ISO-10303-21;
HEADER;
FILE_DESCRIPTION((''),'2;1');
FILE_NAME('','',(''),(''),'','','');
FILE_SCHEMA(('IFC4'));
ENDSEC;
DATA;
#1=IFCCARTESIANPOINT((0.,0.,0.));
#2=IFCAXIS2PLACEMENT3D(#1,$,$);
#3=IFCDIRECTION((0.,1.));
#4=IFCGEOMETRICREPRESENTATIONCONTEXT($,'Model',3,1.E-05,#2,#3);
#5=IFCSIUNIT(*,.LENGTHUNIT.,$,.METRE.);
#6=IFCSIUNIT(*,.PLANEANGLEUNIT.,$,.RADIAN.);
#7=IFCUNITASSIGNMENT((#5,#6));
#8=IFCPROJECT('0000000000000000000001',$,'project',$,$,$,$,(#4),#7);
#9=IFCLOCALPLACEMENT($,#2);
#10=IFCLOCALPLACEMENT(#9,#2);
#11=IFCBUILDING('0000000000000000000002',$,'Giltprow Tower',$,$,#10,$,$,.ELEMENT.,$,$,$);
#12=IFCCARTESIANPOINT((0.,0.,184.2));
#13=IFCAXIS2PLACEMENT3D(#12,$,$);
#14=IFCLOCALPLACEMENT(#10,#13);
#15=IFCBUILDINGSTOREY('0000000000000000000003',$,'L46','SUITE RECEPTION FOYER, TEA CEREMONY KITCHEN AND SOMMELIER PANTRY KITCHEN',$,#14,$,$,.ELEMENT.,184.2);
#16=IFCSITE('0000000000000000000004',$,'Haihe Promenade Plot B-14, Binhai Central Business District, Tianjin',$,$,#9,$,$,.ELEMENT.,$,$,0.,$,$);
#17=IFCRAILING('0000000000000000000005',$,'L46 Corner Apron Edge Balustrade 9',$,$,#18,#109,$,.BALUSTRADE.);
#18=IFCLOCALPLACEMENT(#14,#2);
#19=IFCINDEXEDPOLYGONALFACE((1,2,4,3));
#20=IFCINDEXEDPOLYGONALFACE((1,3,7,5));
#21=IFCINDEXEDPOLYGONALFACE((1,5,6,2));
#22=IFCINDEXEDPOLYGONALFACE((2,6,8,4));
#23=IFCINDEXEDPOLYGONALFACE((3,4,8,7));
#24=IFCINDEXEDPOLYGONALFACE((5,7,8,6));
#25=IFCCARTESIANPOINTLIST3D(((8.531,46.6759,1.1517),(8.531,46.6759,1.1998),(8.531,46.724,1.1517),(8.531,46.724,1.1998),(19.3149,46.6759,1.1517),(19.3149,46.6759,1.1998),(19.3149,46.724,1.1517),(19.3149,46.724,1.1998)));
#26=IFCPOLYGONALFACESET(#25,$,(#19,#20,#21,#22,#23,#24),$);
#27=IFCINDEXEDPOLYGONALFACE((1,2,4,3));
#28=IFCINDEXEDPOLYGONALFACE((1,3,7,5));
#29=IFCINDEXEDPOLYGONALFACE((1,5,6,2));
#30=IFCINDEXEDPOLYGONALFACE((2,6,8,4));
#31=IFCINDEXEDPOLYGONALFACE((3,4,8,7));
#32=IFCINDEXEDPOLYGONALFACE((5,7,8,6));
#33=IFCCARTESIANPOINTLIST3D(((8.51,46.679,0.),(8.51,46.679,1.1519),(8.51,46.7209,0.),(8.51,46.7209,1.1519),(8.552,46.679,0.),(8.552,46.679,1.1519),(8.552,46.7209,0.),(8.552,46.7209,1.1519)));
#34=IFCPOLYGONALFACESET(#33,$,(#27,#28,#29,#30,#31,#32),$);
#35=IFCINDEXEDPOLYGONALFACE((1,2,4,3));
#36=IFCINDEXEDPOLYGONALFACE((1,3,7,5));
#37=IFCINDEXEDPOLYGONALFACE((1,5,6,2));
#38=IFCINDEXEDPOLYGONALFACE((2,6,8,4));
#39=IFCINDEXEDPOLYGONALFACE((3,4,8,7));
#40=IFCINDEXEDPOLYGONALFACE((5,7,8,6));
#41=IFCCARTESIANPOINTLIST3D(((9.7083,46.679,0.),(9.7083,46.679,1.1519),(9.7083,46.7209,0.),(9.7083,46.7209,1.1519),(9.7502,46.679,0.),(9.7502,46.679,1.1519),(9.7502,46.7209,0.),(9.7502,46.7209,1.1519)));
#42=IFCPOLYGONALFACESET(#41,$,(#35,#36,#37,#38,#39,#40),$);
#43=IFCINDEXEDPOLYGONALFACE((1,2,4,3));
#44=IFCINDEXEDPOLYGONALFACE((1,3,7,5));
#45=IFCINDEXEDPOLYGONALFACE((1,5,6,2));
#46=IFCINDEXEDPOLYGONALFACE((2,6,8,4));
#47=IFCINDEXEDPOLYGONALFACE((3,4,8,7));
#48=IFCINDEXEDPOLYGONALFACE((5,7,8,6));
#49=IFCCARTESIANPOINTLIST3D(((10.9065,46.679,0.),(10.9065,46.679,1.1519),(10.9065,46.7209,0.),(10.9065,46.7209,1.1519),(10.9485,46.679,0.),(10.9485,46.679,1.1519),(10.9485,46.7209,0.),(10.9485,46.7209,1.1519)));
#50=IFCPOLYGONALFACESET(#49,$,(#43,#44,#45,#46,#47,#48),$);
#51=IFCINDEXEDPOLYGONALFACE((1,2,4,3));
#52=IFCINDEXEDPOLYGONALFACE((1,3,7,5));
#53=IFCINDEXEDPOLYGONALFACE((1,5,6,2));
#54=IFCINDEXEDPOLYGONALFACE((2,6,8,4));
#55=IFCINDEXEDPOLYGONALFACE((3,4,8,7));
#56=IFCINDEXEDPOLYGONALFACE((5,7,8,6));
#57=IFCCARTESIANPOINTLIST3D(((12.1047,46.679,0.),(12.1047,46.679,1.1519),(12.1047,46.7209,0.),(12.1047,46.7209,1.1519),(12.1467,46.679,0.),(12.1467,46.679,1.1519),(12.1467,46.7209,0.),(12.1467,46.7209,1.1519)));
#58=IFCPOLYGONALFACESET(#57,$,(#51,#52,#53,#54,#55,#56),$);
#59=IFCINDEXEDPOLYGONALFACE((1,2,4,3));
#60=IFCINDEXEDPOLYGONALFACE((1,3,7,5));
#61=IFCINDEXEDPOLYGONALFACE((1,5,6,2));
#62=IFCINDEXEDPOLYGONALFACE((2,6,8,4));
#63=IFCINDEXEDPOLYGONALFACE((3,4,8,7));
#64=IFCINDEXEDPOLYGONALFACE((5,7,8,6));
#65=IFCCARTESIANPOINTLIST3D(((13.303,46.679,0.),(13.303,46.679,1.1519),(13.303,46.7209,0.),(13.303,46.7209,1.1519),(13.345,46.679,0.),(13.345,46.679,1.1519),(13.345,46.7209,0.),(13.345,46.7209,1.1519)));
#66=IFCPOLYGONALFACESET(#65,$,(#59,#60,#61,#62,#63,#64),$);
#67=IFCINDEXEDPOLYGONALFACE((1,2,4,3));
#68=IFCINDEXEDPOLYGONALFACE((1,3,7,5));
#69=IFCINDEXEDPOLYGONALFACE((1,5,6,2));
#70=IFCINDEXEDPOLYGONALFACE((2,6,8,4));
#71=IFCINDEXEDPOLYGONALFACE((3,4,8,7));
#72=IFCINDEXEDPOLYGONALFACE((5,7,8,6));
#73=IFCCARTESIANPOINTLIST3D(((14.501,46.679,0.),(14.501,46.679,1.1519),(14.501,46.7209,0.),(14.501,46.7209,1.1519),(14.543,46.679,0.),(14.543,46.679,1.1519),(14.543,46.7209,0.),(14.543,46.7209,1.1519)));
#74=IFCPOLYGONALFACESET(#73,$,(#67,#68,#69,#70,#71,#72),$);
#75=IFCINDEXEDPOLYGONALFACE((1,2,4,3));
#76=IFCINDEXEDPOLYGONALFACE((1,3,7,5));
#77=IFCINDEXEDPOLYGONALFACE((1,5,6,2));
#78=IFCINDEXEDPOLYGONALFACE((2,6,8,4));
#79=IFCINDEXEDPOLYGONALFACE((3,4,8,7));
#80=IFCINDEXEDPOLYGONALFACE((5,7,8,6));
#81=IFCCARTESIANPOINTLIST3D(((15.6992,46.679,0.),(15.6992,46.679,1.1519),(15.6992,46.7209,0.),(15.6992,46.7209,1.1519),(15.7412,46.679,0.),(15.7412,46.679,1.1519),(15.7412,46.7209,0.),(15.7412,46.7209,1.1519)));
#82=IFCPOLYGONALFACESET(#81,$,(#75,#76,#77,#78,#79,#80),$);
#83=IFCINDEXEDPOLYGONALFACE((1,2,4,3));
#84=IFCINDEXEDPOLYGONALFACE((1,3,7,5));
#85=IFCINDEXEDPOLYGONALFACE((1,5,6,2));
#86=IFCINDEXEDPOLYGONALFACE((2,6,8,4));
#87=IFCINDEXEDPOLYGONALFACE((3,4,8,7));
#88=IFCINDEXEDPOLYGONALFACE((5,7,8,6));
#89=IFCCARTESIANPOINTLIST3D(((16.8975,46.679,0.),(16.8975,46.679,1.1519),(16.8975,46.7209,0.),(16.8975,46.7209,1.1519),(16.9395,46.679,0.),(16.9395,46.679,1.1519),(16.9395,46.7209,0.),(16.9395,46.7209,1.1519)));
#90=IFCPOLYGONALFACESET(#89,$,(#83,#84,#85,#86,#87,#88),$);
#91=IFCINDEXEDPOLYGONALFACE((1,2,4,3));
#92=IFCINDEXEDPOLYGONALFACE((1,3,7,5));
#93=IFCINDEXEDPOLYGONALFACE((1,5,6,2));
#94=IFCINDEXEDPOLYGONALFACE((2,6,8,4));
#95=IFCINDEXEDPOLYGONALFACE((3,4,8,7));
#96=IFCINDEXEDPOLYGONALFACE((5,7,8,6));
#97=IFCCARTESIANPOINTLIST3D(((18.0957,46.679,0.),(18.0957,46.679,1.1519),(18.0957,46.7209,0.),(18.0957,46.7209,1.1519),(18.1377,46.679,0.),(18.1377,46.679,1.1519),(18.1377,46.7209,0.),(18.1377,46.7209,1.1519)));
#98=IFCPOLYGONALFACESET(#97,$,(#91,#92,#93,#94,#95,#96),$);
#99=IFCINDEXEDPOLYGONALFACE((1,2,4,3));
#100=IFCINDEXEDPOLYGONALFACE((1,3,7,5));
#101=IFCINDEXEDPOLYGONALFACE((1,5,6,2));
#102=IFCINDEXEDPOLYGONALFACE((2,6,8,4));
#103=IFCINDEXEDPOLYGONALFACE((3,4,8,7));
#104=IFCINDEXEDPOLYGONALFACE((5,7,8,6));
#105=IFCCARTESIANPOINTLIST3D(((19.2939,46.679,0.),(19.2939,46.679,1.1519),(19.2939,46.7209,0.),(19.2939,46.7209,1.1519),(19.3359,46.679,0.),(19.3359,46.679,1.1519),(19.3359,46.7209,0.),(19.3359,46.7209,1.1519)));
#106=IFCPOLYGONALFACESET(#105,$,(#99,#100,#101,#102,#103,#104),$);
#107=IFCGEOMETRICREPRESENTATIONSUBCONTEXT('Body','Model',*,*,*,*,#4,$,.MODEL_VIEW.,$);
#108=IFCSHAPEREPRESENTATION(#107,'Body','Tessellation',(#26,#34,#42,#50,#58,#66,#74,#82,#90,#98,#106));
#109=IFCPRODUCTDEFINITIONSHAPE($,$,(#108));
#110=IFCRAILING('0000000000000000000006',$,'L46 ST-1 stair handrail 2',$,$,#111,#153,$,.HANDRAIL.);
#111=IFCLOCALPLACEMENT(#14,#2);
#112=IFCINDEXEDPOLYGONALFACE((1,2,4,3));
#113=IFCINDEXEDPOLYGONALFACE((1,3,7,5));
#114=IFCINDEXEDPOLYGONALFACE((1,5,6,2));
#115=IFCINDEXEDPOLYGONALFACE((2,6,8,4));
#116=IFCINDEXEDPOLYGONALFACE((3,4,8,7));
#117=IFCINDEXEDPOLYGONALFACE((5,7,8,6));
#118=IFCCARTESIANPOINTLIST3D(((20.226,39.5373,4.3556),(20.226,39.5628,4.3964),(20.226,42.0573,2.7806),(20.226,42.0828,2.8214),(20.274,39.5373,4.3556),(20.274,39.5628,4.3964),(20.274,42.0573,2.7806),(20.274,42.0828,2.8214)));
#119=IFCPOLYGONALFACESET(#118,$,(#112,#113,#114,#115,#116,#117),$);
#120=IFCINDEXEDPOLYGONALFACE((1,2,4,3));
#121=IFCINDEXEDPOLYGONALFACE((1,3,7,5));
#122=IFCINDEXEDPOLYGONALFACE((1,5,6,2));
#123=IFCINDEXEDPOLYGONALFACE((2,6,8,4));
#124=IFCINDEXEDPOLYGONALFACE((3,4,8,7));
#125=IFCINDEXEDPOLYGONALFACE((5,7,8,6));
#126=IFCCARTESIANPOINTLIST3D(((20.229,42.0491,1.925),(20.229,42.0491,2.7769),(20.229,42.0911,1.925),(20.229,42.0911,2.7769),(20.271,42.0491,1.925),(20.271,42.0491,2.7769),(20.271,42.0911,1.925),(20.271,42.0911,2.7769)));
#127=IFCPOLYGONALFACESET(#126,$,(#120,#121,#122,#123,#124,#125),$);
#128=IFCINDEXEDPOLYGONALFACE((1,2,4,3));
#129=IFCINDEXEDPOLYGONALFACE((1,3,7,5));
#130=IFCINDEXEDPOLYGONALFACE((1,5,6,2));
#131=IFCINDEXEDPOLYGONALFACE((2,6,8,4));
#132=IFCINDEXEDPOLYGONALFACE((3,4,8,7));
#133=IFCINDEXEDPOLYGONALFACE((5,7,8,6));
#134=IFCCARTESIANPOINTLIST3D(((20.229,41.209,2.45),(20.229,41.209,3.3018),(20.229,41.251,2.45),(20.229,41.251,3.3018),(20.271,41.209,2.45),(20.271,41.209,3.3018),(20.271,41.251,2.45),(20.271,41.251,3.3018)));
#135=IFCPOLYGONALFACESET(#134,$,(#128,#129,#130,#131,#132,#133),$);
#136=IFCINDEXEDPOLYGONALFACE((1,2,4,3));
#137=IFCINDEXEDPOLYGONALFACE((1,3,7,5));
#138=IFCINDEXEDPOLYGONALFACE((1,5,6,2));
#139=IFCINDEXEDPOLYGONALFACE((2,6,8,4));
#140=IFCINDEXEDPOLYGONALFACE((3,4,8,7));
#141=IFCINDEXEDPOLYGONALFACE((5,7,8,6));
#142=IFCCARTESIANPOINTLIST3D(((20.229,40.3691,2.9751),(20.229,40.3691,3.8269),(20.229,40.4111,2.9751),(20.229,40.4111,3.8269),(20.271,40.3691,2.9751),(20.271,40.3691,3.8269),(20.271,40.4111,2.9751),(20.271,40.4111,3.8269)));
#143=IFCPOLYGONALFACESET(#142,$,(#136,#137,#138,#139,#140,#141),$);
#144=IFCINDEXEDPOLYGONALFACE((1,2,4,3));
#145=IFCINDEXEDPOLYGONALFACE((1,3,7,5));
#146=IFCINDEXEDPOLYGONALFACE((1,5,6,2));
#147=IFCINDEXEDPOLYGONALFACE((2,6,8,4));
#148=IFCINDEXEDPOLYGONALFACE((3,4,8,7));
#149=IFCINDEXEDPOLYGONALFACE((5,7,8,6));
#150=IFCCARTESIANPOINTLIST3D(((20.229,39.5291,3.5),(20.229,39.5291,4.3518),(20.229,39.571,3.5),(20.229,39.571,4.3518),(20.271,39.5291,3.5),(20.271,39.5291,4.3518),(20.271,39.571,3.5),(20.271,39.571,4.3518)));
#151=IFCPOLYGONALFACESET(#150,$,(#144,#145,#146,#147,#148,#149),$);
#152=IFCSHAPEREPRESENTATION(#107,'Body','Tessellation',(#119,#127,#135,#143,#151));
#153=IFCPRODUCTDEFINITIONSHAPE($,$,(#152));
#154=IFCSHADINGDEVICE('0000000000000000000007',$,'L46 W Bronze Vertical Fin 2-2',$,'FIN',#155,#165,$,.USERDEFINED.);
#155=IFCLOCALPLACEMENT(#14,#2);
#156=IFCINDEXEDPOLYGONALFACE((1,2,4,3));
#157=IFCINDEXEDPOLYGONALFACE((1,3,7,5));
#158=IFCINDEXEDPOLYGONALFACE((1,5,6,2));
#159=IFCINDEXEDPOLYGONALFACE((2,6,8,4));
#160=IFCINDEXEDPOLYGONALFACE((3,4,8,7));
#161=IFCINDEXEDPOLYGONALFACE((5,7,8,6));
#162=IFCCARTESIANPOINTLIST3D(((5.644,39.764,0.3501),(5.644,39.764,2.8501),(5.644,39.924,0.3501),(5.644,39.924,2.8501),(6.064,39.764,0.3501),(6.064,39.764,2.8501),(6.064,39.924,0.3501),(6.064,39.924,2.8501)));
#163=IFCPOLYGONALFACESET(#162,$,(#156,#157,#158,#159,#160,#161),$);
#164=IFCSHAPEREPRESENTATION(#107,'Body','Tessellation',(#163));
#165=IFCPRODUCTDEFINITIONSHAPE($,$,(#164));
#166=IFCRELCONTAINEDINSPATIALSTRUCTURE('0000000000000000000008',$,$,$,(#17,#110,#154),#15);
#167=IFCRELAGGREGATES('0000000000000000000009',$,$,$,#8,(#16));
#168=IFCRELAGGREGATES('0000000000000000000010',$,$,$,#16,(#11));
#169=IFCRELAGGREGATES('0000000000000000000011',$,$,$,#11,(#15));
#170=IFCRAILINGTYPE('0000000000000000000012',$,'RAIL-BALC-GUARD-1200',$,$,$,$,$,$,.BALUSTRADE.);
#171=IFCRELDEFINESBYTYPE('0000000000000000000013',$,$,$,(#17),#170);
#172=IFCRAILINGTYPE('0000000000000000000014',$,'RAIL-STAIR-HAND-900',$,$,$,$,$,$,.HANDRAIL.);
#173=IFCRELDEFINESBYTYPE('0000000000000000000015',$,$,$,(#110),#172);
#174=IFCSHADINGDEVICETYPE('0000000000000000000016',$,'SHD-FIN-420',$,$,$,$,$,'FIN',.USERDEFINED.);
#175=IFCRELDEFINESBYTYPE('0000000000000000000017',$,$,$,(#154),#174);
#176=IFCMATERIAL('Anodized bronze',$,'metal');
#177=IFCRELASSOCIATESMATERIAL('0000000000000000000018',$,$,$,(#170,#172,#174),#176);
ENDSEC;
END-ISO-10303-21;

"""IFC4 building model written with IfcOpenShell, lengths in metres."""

from ifc_helpers import new_model, si_unit, direction, frame, origin, origin_2d, place, context, subcontext, project, spatial, rectangle, extrude, source, transform, mapped, material, type_object, element, save


model = new_model("IFC4")

# Units and contexts
model_context = context("Model", 3, precision=1e-05, world=origin(), true_north=direction((0.0, 1.0)))
body_context = subcontext(model_context, "Body", "Model", "MODEL_VIEW")
ifc_project = project(units=[si_unit("LENGTHUNIT", "METRE"), si_unit("PLANEANGLEUNIT", "RADIAN")], contexts=[model_context])

# Site, building, storey
site_placement = place(None, origin())
site = spatial("IfcSite", under=ifc_project, at=site_placement, Name="Haihe Promenade Plot B-14, Binhai Central Business District, Tianjin", CompositionType="ELEMENT", RefElevation=0.0)
building_placement = place(site_placement, origin())
building = spatial("IfcBuilding", under=site, at=building_placement, Name="Giltprow Tower", CompositionType="ELEMENT")
storey_placement = place(building_placement, frame((0.0, 0.0, 184.2)))
storey = spatial("IfcBuildingStorey", under=building, at=storey_placement, Name="L46", Description="SUITE RECEPTION FOYER, TEA CEREMONY KITCHEN AND SOMMELIER PANTRY KITCHEN", CompositionType="ELEMENT", Elevation=184.2)

# Railings
ifc_material_1 = material(Name="Anodized bronze", Category="metal")
railing_type_1 = type_object("IfcRailingType", Name="RAIL-BALC-GUARD-1200", PredefinedType="BALUSTRADE", material=ifc_material_1)
railing_1_placement = place(storey_placement, frame((8.531, 46.7, 0.0)))
element("IfcRailing", 1, at=railing_1_placement, inside=storey, type_object=railing_type_1, Name="L46 Corner Apron Edge Balustrade 9", PredefinedType="BALUSTRADE", context=body_context, shape_type="SweptSolid", body=[
    extrude(rectangle(XDim=0.0481, YDim=0.0481, at=origin_2d()), frame((0.0, 0.0, 1.1758), z_axis=(1.0, 0.0, 0.0), x_axis=(0.0, 1.0, 0.0)), (0.0, 0.0, 1.0), 10.7839),
    extrude(rectangle(XDim=0.042, YDim=0.042, at=origin_2d()), origin(), (0.0, 0.0, 1.0), 1.1519),
    extrude(rectangle(XDim=0.042, YDim=0.042, at=origin_2d()), frame((1.1982, 0.0, 0.0)), (0.0, 0.0, 1.0), 1.1519),
    extrude(rectangle(XDim=0.042, YDim=0.042, at=origin_2d()), frame((2.3965, 0.0, 0.0)), (0.0, 0.0, 1.0), 1.1519),
    extrude(rectangle(XDim=0.042, YDim=0.042, at=origin_2d()), frame((3.5947, 0.0, 0.0)), (0.0, 0.0, 1.0), 1.1519),
    extrude(rectangle(XDim=0.042, YDim=0.042, at=origin_2d()), frame((4.793, 0.0, 0.0)), (0.0, 0.0, 1.0), 1.1519),
    extrude(rectangle(XDim=0.042, YDim=0.042, at=origin_2d()), frame((5.991, 0.0, 0.0)), (0.0, 0.0, 1.0), 1.1519),
    extrude(rectangle(XDim=0.042, YDim=0.042, at=origin_2d()), frame((7.1892, 0.0, 0.0)), (0.0, 0.0, 1.0), 1.1519),
    extrude(rectangle(XDim=0.042, YDim=0.042, at=origin_2d()), frame((8.3875, 0.0, 0.0)), (0.0, 0.0, 1.0), 1.1519),
    extrude(rectangle(XDim=0.042, YDim=0.042, at=origin_2d()), frame((9.5857, 0.0, 0.0)), (0.0, 0.0, 1.0), 1.1519),
    extrude(rectangle(XDim=0.042, YDim=0.042, at=origin_2d()), frame((10.7839, 0.0, 0.0)), (0.0, 0.0, 1.0), 1.1519),
])
railing_type_2 = type_object("IfcRailingType", Name="RAIL-STAIR-HAND-900", PredefinedType="HANDRAIL", material=ifc_material_1)
railing_2_placement = place(storey_placement, frame((20.25, 42.0701, 1.925)))
element("IfcRailing", 2, at=railing_2_placement, inside=storey, type_object=railing_type_2, Name="L46 ST-1 stair handrail 2", PredefinedType="HANDRAIL", context=body_context, shape_type="SweptSolid", body=[
    extrude(rectangle(XDim=0.0481, YDim=0.0481, at=origin_2d()), frame((0.0, 0.0, 0.876), z_axis=(0.0, -0.848008, 0.529984), x_axis=(1.0, 0.0, 0.0)), (0.0, 0.0, 1.0), 2.9717),
    extrude(rectangle(XDim=0.042, YDim=0.042, at=origin_2d()), origin(), (0.0, 0.0, 1.0), 0.8518),
    extrude(rectangle(XDim=0.042, YDim=0.042, at=origin_2d()), frame((0.0, -0.8401, 0.5249)), (0.0, 0.0, 1.0), 0.8518),
    extrude(rectangle(XDim=0.042, YDim=0.042, at=origin_2d()), frame((0.0, -1.6799, 1.05)), (0.0, 0.0, 1.0), 0.8518),
    extrude(rectangle(XDim=0.042, YDim=0.042, at=origin_2d()), frame((0.0, -2.52, 1.575)), (0.0, 0.0, 1.0), 0.8518),
])

# Shading device
shading_device_type = type_object("IfcShadingDeviceType", Name="SHD-FIN-420", ElementType="FIN", PredefinedType="USERDEFINED", material=ifc_material_1)
shared_shape_1 = source(origin(), body_context, "Body", "SweptSolid", [
    extrude(rectangle(XDim=0.4199, YDim=0.1599, at=origin_2d()), origin(), (0.0, 0.0, 1.0), 2.5),
])
shading_device_placement = place(storey_placement, frame((5.854, 39.844, 0.3501), z_axis=(0.0, 0.0, 1.0), x_axis=(1.0, 0.0, 0.0)))
element("IfcShadingDevice", 3, at=shading_device_placement, inside=storey, type_object=shading_device_type, Name="L46 W Bronze Vertical Fin 2-2", ObjectType="FIN", PredefinedType="USERDEFINED", context=body_context, shape_type="MappedRepresentation", body=[
    mapped(shared_shape_1, transform((0.0, 0.0, 0.0), x_axis=(1.0, 0.0, 0.0), y_axis=(0.0, 1.0, 0.0), z_axis=(0.0, 0.0, 1.0), scale=1.0)),
])

save(model, "model.ifc")
